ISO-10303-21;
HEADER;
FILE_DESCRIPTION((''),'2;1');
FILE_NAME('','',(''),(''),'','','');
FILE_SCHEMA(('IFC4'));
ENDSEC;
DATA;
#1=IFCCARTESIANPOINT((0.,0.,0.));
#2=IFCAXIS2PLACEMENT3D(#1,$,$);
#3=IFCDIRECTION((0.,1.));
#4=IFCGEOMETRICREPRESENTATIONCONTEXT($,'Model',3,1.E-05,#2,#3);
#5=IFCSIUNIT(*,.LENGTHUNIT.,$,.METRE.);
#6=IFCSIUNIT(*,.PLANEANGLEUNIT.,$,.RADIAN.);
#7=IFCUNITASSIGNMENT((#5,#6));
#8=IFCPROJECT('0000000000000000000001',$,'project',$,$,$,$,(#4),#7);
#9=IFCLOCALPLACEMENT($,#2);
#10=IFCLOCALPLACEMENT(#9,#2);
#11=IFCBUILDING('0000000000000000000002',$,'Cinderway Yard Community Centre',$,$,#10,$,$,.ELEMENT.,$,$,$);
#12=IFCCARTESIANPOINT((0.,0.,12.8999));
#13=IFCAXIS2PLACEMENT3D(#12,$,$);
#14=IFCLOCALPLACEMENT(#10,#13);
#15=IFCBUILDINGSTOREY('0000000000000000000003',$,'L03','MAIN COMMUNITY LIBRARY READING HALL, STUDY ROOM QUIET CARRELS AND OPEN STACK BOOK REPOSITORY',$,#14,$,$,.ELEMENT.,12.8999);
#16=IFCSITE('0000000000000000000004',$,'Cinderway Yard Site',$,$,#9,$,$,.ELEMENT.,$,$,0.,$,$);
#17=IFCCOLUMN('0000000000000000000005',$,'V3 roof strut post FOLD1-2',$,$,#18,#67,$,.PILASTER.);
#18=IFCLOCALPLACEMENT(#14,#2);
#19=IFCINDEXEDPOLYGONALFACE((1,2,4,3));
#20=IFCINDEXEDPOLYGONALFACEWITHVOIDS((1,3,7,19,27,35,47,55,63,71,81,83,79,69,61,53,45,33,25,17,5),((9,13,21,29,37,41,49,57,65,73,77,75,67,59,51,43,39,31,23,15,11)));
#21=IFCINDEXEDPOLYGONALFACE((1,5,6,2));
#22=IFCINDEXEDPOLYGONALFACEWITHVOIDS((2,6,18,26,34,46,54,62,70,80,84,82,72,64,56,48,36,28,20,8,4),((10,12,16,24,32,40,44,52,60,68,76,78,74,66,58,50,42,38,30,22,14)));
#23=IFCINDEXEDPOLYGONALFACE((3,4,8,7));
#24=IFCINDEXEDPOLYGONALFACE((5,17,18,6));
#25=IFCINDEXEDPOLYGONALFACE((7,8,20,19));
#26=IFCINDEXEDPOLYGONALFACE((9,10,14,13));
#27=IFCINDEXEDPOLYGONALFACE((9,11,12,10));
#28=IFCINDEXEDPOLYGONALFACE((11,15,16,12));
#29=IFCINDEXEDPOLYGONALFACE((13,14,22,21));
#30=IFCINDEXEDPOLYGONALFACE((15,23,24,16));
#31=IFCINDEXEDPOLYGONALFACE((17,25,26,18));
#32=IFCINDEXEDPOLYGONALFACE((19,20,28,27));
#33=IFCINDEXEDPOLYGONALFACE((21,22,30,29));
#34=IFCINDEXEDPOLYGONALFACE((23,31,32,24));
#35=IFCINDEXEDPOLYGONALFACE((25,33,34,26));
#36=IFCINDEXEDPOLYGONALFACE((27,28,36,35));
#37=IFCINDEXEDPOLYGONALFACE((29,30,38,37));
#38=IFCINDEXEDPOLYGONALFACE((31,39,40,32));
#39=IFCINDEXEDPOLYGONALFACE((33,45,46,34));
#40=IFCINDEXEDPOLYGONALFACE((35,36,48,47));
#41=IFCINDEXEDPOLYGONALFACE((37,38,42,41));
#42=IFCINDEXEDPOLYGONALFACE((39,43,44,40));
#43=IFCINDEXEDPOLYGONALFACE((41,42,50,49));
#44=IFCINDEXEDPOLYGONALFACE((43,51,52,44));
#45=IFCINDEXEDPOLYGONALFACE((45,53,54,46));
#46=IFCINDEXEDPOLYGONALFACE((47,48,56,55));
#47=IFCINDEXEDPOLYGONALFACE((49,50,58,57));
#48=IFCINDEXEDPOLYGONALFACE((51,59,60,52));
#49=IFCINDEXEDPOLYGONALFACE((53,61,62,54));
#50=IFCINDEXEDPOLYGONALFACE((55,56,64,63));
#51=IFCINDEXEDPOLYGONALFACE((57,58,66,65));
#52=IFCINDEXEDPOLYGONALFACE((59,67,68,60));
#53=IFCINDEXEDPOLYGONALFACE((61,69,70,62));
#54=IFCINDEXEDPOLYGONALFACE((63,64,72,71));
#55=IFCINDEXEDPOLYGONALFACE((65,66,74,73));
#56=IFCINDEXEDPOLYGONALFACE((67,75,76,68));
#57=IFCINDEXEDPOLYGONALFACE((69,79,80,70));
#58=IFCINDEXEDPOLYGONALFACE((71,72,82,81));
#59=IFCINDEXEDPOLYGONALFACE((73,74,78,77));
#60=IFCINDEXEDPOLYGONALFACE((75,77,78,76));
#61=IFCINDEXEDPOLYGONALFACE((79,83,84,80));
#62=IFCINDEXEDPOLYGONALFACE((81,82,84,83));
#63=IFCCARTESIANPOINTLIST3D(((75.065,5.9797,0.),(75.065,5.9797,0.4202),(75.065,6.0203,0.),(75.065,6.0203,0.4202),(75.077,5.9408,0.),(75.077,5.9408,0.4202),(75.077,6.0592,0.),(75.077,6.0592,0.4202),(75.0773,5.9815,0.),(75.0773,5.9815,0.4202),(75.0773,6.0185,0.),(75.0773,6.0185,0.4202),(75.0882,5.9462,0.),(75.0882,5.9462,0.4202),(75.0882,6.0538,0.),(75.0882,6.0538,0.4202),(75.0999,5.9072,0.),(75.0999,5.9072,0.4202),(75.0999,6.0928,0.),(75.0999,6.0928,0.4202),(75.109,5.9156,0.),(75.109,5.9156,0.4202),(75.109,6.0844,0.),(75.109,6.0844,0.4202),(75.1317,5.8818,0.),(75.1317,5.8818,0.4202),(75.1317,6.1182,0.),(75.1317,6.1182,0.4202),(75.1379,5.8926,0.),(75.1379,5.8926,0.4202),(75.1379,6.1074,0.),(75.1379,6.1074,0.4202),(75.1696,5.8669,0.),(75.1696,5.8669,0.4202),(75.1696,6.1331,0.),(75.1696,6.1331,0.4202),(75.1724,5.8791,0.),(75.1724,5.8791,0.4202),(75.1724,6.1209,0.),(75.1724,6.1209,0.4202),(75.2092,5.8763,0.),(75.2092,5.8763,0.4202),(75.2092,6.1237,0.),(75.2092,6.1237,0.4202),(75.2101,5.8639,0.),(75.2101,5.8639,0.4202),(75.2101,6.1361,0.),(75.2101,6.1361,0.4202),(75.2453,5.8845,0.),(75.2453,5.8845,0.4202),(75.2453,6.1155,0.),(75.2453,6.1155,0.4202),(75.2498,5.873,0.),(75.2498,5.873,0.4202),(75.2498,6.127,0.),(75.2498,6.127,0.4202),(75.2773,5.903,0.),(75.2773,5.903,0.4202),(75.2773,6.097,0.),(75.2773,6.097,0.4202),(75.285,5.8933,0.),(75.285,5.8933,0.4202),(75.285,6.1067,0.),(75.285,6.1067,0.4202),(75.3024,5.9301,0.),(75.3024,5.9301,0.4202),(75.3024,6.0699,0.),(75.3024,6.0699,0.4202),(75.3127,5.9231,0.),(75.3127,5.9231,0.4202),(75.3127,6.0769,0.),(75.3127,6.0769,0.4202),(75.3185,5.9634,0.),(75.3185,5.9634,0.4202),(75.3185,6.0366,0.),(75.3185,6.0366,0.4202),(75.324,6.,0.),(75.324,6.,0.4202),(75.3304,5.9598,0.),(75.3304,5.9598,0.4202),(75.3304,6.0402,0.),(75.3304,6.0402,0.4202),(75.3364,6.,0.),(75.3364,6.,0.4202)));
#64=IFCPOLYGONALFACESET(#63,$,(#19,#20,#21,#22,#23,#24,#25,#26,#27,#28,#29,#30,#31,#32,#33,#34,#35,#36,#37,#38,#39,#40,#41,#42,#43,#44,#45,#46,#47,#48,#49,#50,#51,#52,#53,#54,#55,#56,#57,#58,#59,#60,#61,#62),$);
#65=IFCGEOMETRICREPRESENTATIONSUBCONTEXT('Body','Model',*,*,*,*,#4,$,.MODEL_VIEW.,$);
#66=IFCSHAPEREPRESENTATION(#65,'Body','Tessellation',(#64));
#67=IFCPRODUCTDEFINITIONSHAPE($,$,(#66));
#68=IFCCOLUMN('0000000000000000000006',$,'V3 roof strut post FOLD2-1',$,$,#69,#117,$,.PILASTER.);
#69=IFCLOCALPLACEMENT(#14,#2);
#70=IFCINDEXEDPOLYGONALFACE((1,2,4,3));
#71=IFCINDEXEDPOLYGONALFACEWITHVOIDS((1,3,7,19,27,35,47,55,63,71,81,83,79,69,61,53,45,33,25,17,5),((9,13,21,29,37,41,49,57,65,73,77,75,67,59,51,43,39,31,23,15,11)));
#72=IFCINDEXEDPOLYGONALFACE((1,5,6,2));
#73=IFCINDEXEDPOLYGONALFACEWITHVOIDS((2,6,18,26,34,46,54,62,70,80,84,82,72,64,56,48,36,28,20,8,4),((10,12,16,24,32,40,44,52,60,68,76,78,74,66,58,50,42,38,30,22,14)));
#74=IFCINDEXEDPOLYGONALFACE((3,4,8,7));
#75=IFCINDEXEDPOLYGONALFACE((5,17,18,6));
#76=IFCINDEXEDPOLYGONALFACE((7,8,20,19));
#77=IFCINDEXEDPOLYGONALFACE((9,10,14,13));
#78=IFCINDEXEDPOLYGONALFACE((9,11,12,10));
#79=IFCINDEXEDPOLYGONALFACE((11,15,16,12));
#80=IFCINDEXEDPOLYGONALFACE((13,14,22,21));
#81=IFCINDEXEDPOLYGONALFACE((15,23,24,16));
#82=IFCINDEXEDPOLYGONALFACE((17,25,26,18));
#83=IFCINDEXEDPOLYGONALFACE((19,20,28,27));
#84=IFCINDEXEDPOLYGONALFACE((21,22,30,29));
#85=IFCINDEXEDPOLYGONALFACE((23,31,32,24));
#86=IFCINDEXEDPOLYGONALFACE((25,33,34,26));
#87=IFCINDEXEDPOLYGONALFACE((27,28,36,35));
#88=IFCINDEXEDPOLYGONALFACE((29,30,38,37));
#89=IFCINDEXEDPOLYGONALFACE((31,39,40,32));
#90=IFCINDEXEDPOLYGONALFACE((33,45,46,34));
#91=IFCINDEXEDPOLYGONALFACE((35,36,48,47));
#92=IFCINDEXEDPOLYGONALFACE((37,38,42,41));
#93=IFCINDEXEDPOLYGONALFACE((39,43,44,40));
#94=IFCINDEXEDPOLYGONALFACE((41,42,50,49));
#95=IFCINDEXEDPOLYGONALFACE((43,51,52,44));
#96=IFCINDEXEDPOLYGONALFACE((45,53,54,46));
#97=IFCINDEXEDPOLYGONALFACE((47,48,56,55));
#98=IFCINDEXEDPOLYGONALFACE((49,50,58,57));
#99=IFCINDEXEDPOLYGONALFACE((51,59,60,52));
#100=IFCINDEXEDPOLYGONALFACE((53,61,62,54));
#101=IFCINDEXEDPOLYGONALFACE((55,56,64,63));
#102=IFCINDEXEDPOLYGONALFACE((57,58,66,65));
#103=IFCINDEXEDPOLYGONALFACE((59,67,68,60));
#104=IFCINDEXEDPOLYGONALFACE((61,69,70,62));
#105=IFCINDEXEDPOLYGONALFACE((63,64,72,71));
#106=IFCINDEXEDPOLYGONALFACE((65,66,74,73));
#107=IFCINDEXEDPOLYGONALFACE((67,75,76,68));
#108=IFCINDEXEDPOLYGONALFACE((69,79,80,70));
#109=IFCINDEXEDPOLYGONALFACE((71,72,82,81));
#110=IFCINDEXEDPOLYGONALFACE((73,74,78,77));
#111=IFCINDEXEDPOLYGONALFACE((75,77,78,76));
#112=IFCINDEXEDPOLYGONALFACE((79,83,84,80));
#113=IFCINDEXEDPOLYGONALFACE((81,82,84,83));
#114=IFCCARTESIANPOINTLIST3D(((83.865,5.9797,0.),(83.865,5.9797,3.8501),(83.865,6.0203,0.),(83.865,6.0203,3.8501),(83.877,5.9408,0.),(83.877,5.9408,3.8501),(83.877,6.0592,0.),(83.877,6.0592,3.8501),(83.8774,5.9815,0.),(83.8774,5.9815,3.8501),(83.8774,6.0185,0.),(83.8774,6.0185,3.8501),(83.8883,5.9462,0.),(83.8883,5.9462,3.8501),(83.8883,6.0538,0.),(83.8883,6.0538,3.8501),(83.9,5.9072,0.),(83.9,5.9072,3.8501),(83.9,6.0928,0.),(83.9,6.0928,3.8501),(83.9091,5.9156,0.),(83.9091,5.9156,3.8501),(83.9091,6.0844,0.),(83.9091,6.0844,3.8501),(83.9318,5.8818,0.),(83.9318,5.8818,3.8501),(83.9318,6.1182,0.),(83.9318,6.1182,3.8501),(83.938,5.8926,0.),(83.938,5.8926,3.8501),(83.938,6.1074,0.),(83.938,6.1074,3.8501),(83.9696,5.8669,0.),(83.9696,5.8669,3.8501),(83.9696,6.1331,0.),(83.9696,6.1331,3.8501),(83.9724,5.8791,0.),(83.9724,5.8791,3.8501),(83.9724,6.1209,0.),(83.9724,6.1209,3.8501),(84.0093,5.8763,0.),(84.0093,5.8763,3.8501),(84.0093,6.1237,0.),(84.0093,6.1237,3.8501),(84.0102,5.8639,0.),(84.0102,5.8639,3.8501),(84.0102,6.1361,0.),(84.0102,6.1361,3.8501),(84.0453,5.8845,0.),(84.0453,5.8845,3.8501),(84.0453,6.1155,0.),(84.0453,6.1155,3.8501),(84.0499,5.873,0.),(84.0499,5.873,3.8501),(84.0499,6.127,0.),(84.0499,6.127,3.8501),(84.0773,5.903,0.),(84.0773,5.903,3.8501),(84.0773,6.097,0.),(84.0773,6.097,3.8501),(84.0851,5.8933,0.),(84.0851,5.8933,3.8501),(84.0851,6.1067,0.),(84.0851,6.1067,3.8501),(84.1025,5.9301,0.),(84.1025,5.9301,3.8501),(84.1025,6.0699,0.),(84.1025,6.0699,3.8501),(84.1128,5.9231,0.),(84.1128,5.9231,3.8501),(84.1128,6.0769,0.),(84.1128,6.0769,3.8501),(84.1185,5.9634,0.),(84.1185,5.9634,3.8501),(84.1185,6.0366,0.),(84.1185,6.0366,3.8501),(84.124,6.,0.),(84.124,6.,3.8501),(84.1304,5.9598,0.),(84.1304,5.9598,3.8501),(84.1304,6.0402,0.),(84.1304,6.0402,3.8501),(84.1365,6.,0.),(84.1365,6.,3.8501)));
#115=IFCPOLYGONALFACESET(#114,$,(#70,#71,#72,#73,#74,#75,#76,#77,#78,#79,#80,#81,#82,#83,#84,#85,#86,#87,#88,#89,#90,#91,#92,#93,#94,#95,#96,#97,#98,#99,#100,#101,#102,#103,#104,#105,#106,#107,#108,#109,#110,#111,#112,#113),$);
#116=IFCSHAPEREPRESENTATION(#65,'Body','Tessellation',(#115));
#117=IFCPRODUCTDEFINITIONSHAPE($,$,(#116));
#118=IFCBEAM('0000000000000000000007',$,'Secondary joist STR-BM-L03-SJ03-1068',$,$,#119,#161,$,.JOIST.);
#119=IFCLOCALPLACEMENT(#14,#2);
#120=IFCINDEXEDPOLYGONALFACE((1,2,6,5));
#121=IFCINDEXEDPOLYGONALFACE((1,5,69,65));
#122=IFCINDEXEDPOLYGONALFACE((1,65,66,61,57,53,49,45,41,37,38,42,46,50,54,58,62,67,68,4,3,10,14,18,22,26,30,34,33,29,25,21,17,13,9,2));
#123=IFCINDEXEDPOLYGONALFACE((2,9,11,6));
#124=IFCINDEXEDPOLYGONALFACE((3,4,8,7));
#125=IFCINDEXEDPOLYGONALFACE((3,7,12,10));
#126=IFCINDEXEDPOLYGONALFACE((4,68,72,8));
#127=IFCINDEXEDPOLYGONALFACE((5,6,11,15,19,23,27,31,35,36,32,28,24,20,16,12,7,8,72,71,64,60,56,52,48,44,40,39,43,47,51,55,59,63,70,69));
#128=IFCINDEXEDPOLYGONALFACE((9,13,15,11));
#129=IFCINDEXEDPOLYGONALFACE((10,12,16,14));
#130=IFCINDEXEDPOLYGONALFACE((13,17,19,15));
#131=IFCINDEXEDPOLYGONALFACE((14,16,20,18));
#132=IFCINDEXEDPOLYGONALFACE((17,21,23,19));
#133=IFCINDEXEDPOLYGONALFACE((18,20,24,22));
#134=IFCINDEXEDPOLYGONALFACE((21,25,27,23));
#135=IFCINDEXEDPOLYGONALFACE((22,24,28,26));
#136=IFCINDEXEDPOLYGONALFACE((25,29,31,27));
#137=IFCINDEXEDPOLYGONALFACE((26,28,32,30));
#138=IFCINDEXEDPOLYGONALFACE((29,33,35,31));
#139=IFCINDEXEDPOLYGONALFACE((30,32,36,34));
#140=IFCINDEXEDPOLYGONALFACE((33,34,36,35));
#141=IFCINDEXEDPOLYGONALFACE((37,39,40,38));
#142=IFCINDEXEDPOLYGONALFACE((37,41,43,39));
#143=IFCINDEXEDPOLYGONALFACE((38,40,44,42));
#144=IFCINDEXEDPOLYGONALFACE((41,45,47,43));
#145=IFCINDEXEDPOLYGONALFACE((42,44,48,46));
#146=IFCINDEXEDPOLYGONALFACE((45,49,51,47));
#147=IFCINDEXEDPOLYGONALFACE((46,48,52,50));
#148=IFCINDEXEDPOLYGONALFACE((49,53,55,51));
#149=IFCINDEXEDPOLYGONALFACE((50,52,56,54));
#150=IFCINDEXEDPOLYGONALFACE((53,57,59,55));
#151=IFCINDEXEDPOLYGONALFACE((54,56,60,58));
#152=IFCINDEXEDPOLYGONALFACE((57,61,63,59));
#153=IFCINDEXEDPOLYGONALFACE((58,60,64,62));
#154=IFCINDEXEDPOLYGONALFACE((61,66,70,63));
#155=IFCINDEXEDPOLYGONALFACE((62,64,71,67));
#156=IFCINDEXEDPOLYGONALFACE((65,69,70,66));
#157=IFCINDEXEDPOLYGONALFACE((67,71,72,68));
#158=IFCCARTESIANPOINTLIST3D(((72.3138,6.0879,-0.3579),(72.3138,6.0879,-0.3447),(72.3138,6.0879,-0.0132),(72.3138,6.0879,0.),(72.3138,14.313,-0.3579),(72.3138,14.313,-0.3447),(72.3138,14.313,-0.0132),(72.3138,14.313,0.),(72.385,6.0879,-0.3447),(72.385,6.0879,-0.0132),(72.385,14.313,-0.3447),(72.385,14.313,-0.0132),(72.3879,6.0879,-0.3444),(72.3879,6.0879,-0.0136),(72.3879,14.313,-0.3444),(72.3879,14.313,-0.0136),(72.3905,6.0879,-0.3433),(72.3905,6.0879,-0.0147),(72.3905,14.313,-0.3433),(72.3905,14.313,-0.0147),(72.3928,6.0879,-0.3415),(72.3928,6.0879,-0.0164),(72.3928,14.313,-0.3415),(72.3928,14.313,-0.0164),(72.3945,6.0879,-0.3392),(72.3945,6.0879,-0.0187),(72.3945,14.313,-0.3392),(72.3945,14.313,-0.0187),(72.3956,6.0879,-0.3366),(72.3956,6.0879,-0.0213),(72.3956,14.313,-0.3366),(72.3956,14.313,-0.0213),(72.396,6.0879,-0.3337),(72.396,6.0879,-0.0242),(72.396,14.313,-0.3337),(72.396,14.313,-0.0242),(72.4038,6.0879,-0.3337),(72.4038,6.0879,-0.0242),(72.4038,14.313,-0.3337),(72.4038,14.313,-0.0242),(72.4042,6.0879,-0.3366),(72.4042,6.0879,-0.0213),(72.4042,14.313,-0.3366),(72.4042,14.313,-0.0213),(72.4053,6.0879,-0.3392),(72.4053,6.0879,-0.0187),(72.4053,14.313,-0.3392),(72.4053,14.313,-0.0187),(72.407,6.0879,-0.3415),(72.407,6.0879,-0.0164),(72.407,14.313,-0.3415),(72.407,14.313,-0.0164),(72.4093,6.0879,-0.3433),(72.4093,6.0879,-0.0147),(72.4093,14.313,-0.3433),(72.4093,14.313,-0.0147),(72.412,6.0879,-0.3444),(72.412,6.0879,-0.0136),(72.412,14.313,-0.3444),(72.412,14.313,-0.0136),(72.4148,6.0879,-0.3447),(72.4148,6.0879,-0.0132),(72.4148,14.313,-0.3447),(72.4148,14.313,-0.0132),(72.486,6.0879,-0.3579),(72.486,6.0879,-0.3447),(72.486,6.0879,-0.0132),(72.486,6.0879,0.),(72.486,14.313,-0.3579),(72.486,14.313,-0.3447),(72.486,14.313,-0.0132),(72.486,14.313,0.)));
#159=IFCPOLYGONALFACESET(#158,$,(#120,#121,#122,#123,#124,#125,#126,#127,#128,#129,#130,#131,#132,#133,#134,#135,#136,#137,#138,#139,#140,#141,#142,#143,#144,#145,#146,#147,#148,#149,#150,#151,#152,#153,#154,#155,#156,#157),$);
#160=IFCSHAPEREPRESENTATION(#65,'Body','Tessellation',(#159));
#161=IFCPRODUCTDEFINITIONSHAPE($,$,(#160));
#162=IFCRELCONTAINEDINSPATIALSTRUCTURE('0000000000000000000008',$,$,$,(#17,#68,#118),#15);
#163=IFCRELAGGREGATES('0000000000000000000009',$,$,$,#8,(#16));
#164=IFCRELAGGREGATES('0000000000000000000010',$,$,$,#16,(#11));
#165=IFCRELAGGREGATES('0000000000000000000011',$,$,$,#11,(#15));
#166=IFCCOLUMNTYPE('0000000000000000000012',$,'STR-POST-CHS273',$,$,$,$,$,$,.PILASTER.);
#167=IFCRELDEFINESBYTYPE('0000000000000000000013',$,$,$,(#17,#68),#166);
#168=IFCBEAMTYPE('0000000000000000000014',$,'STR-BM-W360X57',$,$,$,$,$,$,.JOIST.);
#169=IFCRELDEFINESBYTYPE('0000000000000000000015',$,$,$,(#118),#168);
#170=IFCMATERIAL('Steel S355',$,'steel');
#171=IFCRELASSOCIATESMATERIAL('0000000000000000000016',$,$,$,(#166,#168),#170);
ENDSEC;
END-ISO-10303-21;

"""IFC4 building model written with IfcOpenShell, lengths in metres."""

from ifc_helpers import new_model, si_unit, direction, frame, origin, origin_2d, place, context, subcontext, project, spatial, hollow_circle, i_section, extrude, material, material_profile, profile_set, type_object, element, save


model = new_model("IFC4")

# Units and contexts
model_context = context("Model", 3, precision=1e-05, world=origin(), true_north=direction((0.0, 1.0)))
body_context = subcontext(model_context, "Body", "Model", "MODEL_VIEW")
ifc_project = project(units=[si_unit("LENGTHUNIT", "METRE"), si_unit("PLANEANGLEUNIT", "RADIAN")], contexts=[model_context])

# Site, building, storey
site_placement = place(None, origin())
site = spatial("IfcSite", under=ifc_project, at=site_placement, Name="Cinderway Yard Site", CompositionType="ELEMENT", RefElevation=0.0)
building_placement = place(site_placement, origin())
building = spatial("IfcBuilding", under=site, at=building_placement, Name="Cinderway Yard Community Centre", CompositionType="ELEMENT")
storey_placement = place(building_placement, frame((0.0, 0.0, 12.8999)))
storey = spatial("IfcBuildingStorey", under=building, at=storey_placement, Name="L03", Description="MAIN COMMUNITY LIBRARY READING HALL, STUDY ROOM QUIET CARRELS AND OPEN STACK BOOK REPOSITORY", CompositionType="ELEMENT", Elevation=12.8999)

# Columns
ifc_material_1 = material(Name="Steel S355", Category="steel")
ifc_material_profile_1 = material_profile(ifc_material_1, hollow_circle(Radius=0.1365, WallThickness=0.0125, at=origin_2d()), Name="Steel S355")
ifc_profile_set_1 = profile_set([ifc_material_profile_1], Name="Steel S355")
column_type = type_object("IfcColumnType", Name="STR-POST-CHS273", PredefinedType="PILASTER", material=ifc_profile_set_1)
column_1_placement = place(storey_placement, frame((75.2, 6.0, 0.0), z_axis=(0.0, 0.0, 1.0), x_axis=(1.0, 0.0, 0.0)))
element("IfcColumn", 1, at=column_1_placement, inside=storey, type_object=column_type, Name="V3 roof strut post FOLD1-2", PredefinedType="PILASTER", context=body_context, shape_type="SweptSolid", body=[
    extrude(hollow_circle(Radius=0.1365, WallThickness=0.0125, at=origin_2d()), origin(), (0.0, 0.0, 1.0), 0.4202),
])
column_2_placement = place(storey_placement, frame((84.0, 6.0, 0.0), z_axis=(0.0, 0.0, 1.0), x_axis=(1.0, 0.0, 0.0)))
element("IfcColumn", 2, at=column_2_placement, inside=storey, type_object=column_type, Name="V3 roof strut post FOLD2-1", PredefinedType="PILASTER", context=body_context, shape_type="SweptSolid", body=[
    extrude(hollow_circle(Radius=0.1365, WallThickness=0.0125, at=origin_2d()), origin(), (0.0, 0.0, 1.0), 3.8501),
])

# Beam
ifc_material_profile_2 = material_profile(ifc_material_1, i_section(OverallWidth=0.1721, OverallDepth=0.3579, WebThickness=0.0078, FlangeThickness=0.0132, FilletRadius=0.011, at=origin_2d()), Name="Steel S355")
ifc_profile_set_2 = profile_set([ifc_material_profile_2], Name="Steel S355")
beam_type_1 = type_object("IfcBeamType", Name="STR-BM-W360X57", PredefinedType="JOIST", material=ifc_profile_set_2)
beam_1_placement = place(storey_placement, frame((72.3999, 6.0879, -0.179), z_axis=(0.0, 1.0, 0.0), x_axis=(-1.0, 0.0, 0.0)))
element("IfcBeam", 3, at=beam_1_placement, inside=storey, type_object=beam_type_1, Name="Secondary joist STR-BM-L03-SJ03-1068", PredefinedType="JOIST", context=body_context, shape_type="SweptSolid", body=[
    extrude(i_section(OverallWidth=0.1721, OverallDepth=0.3579, WebThickness=0.0078, FlangeThickness=0.0132, FilletRadius=0.011, at=origin_2d()), origin(), (0.0, 0.0, 1.0), 8.2251),
])

save(model, "model.ifc")
